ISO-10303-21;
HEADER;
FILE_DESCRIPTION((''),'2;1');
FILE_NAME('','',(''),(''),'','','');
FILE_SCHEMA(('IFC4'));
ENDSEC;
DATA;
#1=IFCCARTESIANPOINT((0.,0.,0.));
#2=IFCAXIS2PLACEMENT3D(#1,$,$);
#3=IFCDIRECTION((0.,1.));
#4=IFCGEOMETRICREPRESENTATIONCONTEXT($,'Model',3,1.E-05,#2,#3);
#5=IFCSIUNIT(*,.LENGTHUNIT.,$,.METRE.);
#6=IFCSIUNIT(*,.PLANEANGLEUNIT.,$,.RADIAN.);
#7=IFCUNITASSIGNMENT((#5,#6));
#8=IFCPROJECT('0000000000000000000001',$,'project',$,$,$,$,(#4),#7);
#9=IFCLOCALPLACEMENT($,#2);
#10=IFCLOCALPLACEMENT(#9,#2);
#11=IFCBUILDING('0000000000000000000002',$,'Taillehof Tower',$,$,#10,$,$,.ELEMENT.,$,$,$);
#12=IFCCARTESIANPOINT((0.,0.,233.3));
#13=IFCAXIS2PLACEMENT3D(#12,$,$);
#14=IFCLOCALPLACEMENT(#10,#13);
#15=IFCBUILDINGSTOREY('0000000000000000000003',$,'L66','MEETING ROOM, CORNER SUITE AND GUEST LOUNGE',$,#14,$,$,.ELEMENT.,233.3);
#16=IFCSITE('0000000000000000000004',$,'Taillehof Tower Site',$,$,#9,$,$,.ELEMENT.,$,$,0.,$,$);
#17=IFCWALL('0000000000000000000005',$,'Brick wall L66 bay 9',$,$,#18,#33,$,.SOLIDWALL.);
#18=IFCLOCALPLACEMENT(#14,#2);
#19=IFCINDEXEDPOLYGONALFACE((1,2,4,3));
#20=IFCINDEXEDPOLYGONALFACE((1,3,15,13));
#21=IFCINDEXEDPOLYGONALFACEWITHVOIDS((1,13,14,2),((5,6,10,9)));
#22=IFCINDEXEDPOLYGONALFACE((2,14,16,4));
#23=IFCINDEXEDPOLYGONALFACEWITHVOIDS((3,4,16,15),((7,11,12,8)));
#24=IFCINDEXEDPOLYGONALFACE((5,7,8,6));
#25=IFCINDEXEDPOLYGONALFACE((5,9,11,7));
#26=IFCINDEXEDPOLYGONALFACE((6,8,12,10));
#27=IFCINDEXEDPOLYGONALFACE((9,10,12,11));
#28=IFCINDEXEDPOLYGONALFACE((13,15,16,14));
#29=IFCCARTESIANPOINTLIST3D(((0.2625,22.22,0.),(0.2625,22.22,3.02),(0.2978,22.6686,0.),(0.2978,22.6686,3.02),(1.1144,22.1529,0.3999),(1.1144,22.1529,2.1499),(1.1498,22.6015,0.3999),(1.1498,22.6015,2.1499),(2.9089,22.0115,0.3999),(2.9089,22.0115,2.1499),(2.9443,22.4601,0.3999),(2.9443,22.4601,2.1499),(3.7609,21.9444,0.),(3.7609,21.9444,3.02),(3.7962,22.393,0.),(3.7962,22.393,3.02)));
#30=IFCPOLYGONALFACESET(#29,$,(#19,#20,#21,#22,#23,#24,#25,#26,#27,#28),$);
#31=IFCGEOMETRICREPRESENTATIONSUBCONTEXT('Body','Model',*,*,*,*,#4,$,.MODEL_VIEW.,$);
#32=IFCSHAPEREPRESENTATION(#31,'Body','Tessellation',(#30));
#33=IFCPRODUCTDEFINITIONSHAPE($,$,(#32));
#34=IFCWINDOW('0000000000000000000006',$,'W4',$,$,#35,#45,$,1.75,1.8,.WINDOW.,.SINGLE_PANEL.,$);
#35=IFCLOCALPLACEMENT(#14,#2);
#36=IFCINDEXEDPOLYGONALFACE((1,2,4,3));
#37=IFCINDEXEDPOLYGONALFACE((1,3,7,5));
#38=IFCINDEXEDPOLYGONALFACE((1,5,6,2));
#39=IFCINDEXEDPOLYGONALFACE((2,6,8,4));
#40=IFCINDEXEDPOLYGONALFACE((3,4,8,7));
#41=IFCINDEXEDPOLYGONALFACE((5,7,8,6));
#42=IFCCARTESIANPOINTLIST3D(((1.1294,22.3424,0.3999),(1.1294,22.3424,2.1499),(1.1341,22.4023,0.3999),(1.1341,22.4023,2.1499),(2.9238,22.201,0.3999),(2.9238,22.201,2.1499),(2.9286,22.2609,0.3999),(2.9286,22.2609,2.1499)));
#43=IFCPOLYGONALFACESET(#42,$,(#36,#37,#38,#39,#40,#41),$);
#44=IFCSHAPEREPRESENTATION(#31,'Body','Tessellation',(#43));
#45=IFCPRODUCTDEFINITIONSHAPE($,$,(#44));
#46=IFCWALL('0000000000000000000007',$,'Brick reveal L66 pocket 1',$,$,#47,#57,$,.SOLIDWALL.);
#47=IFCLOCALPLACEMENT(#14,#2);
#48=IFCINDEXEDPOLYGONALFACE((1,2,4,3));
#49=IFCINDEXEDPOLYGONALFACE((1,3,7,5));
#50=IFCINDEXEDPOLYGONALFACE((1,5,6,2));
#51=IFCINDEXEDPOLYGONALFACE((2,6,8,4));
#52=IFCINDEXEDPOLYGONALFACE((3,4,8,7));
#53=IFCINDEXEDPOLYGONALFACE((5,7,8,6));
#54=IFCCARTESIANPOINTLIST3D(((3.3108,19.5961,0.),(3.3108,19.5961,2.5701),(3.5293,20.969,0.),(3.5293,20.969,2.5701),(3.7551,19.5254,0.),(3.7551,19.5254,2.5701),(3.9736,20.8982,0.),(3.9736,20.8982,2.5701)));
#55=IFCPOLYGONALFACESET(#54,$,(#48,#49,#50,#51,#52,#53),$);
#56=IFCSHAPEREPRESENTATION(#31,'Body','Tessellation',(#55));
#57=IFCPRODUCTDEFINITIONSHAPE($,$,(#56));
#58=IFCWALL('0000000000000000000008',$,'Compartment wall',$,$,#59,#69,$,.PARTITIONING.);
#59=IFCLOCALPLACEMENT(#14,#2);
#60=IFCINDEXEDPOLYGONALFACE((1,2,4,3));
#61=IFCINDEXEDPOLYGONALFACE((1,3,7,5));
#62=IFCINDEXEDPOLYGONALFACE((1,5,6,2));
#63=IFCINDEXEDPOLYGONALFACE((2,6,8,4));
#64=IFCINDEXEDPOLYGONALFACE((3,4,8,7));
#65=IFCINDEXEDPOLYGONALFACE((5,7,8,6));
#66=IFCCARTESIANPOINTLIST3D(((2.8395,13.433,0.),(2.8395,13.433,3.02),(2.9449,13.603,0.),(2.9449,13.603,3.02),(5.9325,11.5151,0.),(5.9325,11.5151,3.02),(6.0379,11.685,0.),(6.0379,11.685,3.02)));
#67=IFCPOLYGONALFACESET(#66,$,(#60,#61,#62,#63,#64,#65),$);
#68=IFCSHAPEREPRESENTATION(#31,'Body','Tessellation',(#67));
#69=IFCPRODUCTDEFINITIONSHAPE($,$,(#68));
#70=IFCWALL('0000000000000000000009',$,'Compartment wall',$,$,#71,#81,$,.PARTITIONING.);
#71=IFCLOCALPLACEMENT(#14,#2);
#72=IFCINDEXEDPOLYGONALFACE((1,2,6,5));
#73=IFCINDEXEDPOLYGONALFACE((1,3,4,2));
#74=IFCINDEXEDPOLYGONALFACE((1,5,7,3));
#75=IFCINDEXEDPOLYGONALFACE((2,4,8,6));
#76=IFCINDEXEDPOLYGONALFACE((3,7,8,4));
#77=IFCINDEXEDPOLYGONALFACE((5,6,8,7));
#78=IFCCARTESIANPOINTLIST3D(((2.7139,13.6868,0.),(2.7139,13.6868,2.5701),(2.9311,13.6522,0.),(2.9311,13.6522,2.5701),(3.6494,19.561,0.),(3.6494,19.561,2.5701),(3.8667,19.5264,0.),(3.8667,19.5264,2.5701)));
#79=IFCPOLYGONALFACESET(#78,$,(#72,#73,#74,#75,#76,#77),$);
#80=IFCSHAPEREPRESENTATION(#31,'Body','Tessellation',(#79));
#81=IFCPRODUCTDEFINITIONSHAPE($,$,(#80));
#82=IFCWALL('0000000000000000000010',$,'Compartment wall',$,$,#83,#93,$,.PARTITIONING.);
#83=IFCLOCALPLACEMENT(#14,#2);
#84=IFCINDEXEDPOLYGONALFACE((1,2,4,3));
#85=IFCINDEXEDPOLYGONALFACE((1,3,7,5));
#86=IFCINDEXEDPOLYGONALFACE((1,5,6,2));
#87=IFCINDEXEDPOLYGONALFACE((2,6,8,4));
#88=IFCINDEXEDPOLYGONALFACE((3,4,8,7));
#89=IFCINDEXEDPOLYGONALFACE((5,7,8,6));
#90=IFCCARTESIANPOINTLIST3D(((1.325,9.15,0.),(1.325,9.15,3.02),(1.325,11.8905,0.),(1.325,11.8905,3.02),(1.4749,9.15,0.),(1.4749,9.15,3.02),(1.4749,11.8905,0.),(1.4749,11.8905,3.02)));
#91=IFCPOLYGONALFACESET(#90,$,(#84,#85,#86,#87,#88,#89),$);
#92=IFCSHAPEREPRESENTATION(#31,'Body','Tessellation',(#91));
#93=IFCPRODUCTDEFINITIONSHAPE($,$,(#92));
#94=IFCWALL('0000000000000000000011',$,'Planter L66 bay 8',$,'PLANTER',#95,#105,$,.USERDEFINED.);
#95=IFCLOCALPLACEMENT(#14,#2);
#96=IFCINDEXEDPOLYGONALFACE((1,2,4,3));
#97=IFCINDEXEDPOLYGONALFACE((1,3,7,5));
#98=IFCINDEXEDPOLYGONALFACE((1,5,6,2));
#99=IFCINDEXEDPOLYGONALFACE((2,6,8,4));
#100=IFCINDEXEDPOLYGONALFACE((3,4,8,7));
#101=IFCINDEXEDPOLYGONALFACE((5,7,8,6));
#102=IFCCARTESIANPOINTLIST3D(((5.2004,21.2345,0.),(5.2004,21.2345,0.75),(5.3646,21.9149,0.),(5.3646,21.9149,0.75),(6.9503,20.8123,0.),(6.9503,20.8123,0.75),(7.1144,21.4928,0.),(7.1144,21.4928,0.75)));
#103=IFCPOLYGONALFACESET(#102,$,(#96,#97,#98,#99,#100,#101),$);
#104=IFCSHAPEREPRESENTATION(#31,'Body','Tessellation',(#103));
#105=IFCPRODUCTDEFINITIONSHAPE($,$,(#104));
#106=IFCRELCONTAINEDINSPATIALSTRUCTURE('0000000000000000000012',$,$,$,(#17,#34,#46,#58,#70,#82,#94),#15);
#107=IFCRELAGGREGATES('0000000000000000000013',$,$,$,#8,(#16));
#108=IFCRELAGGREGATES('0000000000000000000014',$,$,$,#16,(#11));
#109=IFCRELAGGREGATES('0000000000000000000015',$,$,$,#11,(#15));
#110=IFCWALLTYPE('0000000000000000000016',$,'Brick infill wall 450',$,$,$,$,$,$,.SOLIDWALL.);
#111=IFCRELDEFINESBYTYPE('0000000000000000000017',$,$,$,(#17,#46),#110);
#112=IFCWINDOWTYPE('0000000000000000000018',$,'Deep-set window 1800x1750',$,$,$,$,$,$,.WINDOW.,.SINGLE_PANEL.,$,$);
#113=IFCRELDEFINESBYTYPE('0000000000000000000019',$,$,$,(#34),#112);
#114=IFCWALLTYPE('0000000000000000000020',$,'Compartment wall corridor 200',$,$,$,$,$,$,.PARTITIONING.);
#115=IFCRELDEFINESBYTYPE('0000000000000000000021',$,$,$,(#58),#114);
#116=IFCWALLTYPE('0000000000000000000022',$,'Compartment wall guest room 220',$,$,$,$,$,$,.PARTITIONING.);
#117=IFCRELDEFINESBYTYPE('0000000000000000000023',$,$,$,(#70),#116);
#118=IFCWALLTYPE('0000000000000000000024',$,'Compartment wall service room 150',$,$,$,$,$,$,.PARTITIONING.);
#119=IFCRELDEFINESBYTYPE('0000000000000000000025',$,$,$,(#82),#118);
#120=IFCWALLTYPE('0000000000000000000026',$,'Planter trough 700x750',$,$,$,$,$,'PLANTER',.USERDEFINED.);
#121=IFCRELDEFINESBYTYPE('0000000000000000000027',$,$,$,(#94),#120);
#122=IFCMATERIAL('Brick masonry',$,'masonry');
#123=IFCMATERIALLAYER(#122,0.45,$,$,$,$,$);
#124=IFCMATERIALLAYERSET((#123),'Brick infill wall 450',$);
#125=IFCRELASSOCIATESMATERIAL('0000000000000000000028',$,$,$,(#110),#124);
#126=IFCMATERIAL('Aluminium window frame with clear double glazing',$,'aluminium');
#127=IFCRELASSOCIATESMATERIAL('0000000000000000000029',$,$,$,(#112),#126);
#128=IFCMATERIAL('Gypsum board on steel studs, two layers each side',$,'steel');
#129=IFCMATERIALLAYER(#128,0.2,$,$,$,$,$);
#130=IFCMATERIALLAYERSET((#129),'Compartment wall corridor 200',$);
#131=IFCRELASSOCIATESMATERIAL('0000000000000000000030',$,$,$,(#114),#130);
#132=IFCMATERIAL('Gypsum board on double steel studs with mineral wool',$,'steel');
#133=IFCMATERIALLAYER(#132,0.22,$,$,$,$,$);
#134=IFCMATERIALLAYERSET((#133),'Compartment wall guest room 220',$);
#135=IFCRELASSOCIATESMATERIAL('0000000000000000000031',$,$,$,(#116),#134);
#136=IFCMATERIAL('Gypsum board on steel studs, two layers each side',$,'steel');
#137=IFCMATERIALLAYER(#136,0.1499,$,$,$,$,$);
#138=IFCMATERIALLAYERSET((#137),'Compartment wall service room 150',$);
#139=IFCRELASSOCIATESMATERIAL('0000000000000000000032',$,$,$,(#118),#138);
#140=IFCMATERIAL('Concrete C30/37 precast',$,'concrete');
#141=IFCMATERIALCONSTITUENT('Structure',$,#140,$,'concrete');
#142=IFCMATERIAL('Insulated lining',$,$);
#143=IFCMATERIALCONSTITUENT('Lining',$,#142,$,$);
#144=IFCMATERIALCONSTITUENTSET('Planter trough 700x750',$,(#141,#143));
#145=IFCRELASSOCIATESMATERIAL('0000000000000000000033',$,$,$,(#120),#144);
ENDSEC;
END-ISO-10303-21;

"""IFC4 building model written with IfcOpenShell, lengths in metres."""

from ifc_helpers import new_model, si_unit, direction, frame, frame_2d, origin, place, context, subcontext, project, spatial, rectangle, extrude, material, layer, layer_set, constituent, constituent_set, type_object, element, fill, save


model = new_model("IFC4")

# Units and contexts
model_context = context("Model", 3, precision=1e-05, world=origin(), true_north=direction((0.0, 1.0)))
body_context = subcontext(model_context, "Body", "Model", "MODEL_VIEW")
ifc_project = project(units=[si_unit("LENGTHUNIT", "METRE"), si_unit("PLANEANGLEUNIT", "RADIAN")], contexts=[model_context])

# Site, building, storey
site_placement = place(None, origin())
site = spatial("IfcSite", under=ifc_project, at=site_placement, Name="Taillehof Tower Site", CompositionType="ELEMENT", RefElevation=0.0)
building_placement = place(site_placement, origin())
building = spatial("IfcBuilding", under=site, at=building_placement, Name="Taillehof Tower", CompositionType="ELEMENT")
storey_placement = place(building_placement, frame((0.0, 0.0, 233.3)))
storey = spatial("IfcBuildingStorey", under=building, at=storey_placement, Name="L66", Description="MEETING ROOM, CORNER SUITE AND GUEST LOUNGE", CompositionType="ELEMENT", Elevation=233.3)

# Wall, opening, window
ifc_material_1 = material(Name="Brick masonry", Category="masonry")
ifc_layer_1 = layer(ifc_material_1, 0.45)
ifc_layer_set_1 = layer_set([ifc_layer_1], Name="Brick infill wall 450")
wall_type_1 = type_object("IfcWallType", Name="Brick infill wall 450", PredefinedType="SOLIDWALL", material=ifc_layer_set_1)
wall_1_placement = place(storey_placement, frame((3.7786, 22.1687, 0.0), z_axis=(0.0, 0.0, 1.0), x_axis=(-0.996911, 0.078542, 0.0)))
wall_1 = element("IfcWall", 1, at=wall_1_placement, inside=storey, type_object=wall_type_1, Name="Brick wall L66 bay 9", PredefinedType="SOLIDWALL", context=body_context, shape_type="SweptSolid", body=[
    extrude(rectangle(XDim=3.5093, YDim=0.45, at=frame_2d((1.7546, 0.0))), origin(), (0.0, 0.0, 1.0), 3.02),
])
opening_1_placement = place(wall_1_placement, frame((0.8547, 0.0, 0.3999)))
opening_1 = element("IfcOpeningElement", 2, at=opening_1_placement, cuts=wall_1, PredefinedType="OPENING", context=body_context, shape_type="SweptSolid", body=[
    extrude(rectangle(XDim=1.8, YDim=1.75, at=frame_2d((0.8999, 0.875))), frame((0.0, 0.2349, 0.0), z_axis=(0.0, -1.0, 0.0), x_axis=(1.0, 0.0, 0.0)), (0.0, 0.0, 1.0), 0.47),
])
ifc_material_2 = material(Name="Aluminium window frame with clear double glazing", Category="aluminium")
window_type_1 = type_object("IfcWindowType", Name="Deep-set window 1800x1750", PartitioningType="SINGLE_PANEL", PredefinedType="WINDOW", material=ifc_material_2)
window_1_placement = place(opening_1_placement, origin())
window_1 = element("IfcWindow", 3, at=window_1_placement, inside=storey, type_object=window_type_1, Name="W4", OverallHeight=1.75, OverallWidth=1.8, PartitioningType="SINGLE_PANEL", PredefinedType="WINDOW", context=body_context, shape_type="SweptSolid", body=[
    extrude(rectangle(XDim=1.8, YDim=1.75, at=frame_2d((0.8999, 0.875))), frame((0.0, 0.0349, 0.0), z_axis=(0.0, -1.0, 0.0), x_axis=(1.0, 0.0, 0.0)), (0.0, 0.0, 1.0), 0.0601),
])
fill(opening_1, window_1)

# Wall
wall_2_placement = place(storey_placement, frame((3.7515, 20.9336, 0.0), z_axis=(0.0, 0.0, 1.0), x_axis=(-0.157189, -0.987569, 0.0)))
element("IfcWall", 4, at=wall_2_placement, inside=storey, type_object=wall_type_1, Name="Brick reveal L66 pocket 1", PredefinedType="SOLIDWALL", context=body_context, shape_type="SweptSolid", body=[
    extrude(rectangle(XDim=1.3901, YDim=0.45, at=frame_2d((0.6951, 0.0))), origin(), (0.0, 0.0, 1.0), 2.5701),
])

# Walls
ifc_material_3 = material(Name="Gypsum board on steel studs, two layers each side", Category="steel")
ifc_layer_2 = layer(ifc_material_3, 0.2)
ifc_layer_set_2 = layer_set([ifc_layer_2], Name="Compartment wall corridor 200")
wall_type_2 = type_object("IfcWallType", Name="Compartment wall corridor 200", PredefinedType="PARTITIONING", material=ifc_layer_set_2)
wall_3_placement = place(storey_placement, frame((2.8921, 13.5181, 0.0), z_axis=(0.0, 0.0, 1.0), x_axis=(0.849866, -0.526999, 0.0)))
element("IfcWall", 5, at=wall_3_placement, inside=storey, type_object=wall_type_2, Name="Compartment wall", PredefinedType="PARTITIONING", context=body_context, shape_type="SweptSolid", body=[
    extrude(rectangle(XDim=3.6394, YDim=0.2, at=frame_2d((1.8198, 0.0))), origin(), (0.0, 0.0, 1.0), 3.02),
])
ifc_material_4 = material(Name="Gypsum board on double steel studs with mineral wool", Category="steel")
ifc_layer_3 = layer(ifc_material_4, 0.22)
ifc_layer_set_3 = layer_set([ifc_layer_3], Name="Compartment wall guest room 220")
wall_type_3 = type_object("IfcWallType", Name="Compartment wall guest room 220", PredefinedType="PARTITIONING", material=ifc_layer_set_3)
wall_4_placement = place(storey_placement, frame((3.7581, 19.5437, 0.0), z_axis=(0.0, 0.0, 1.0), x_axis=(-0.15728, -0.987554, 0.0)))
element("IfcWall", 6, at=wall_4_placement, inside=storey, type_object=wall_type_3, Name="Compartment wall", PredefinedType="PARTITIONING", context=body_context, shape_type="SweptSolid", body=[
    extrude(rectangle(XDim=5.9482, YDim=0.22, at=frame_2d((2.9741, 0.0))), origin(), (0.0, 0.0, 1.0), 2.5701),
])
ifc_material_5 = material(Name="Gypsum board on steel studs, two layers each side", Category="steel")
ifc_layer_4 = layer(ifc_material_5, 0.1499)
ifc_layer_set_4 = layer_set([ifc_layer_4], Name="Compartment wall service room 150")
wall_type_4 = type_object("IfcWallType", Name="Compartment wall service room 150", PredefinedType="PARTITIONING", material=ifc_layer_set_4)
wall_5_placement = place(storey_placement, frame((1.3999, 11.8904, 0.0), z_axis=(0.0, 0.0, 1.0), x_axis=(0.0, -1.0, 0.0)))
element("IfcWall", 7, at=wall_5_placement, inside=storey, type_object=wall_type_4, Name="Compartment wall", PredefinedType="PARTITIONING", context=body_context, shape_type="SweptSolid", body=[
    extrude(rectangle(XDim=2.7405, YDim=0.1499, at=frame_2d((1.3701, 0.0))), origin(), (0.0, 0.0, 1.0), 3.02),
])
ifc_material_6 = material(Name="Concrete C30/37 precast", Category="concrete")
ifc_constituent_1 = constituent(ifc_material_6, Name="Structure", Category="concrete")
ifc_material_7 = material(Name="Insulated lining")
ifc_constituent_2 = constituent(ifc_material_7, Name="Lining")
ifc_constituent_set = constituent_set(constituents=[ifc_constituent_1, ifc_constituent_2], Name="Planter trough 700x750")
wall_type_5 = type_object("IfcWallType", Name="Planter trough 700x750", ElementType="PLANTER", PredefinedType="USERDEFINED", material=ifc_constituent_set)
wall_6_placement = place(storey_placement, frame((7.0322, 21.1526, 0.0), z_axis=(0.0, 0.0, 1.0), x_axis=(-0.972112, 0.234517, 0.0)))
element("IfcWall", 8, at=wall_6_placement, inside=storey, type_object=wall_type_5, Name="Planter L66 bay 8", ObjectType="PLANTER", PredefinedType="USERDEFINED", context=body_context, shape_type="SweptSolid", body=[
    extrude(rectangle(XDim=1.8, YDim=0.7, at=frame_2d((0.8999, 0.0))), origin(), (0.0, 0.0, 1.0), 0.75),
])

save(model, "model.ifc")
